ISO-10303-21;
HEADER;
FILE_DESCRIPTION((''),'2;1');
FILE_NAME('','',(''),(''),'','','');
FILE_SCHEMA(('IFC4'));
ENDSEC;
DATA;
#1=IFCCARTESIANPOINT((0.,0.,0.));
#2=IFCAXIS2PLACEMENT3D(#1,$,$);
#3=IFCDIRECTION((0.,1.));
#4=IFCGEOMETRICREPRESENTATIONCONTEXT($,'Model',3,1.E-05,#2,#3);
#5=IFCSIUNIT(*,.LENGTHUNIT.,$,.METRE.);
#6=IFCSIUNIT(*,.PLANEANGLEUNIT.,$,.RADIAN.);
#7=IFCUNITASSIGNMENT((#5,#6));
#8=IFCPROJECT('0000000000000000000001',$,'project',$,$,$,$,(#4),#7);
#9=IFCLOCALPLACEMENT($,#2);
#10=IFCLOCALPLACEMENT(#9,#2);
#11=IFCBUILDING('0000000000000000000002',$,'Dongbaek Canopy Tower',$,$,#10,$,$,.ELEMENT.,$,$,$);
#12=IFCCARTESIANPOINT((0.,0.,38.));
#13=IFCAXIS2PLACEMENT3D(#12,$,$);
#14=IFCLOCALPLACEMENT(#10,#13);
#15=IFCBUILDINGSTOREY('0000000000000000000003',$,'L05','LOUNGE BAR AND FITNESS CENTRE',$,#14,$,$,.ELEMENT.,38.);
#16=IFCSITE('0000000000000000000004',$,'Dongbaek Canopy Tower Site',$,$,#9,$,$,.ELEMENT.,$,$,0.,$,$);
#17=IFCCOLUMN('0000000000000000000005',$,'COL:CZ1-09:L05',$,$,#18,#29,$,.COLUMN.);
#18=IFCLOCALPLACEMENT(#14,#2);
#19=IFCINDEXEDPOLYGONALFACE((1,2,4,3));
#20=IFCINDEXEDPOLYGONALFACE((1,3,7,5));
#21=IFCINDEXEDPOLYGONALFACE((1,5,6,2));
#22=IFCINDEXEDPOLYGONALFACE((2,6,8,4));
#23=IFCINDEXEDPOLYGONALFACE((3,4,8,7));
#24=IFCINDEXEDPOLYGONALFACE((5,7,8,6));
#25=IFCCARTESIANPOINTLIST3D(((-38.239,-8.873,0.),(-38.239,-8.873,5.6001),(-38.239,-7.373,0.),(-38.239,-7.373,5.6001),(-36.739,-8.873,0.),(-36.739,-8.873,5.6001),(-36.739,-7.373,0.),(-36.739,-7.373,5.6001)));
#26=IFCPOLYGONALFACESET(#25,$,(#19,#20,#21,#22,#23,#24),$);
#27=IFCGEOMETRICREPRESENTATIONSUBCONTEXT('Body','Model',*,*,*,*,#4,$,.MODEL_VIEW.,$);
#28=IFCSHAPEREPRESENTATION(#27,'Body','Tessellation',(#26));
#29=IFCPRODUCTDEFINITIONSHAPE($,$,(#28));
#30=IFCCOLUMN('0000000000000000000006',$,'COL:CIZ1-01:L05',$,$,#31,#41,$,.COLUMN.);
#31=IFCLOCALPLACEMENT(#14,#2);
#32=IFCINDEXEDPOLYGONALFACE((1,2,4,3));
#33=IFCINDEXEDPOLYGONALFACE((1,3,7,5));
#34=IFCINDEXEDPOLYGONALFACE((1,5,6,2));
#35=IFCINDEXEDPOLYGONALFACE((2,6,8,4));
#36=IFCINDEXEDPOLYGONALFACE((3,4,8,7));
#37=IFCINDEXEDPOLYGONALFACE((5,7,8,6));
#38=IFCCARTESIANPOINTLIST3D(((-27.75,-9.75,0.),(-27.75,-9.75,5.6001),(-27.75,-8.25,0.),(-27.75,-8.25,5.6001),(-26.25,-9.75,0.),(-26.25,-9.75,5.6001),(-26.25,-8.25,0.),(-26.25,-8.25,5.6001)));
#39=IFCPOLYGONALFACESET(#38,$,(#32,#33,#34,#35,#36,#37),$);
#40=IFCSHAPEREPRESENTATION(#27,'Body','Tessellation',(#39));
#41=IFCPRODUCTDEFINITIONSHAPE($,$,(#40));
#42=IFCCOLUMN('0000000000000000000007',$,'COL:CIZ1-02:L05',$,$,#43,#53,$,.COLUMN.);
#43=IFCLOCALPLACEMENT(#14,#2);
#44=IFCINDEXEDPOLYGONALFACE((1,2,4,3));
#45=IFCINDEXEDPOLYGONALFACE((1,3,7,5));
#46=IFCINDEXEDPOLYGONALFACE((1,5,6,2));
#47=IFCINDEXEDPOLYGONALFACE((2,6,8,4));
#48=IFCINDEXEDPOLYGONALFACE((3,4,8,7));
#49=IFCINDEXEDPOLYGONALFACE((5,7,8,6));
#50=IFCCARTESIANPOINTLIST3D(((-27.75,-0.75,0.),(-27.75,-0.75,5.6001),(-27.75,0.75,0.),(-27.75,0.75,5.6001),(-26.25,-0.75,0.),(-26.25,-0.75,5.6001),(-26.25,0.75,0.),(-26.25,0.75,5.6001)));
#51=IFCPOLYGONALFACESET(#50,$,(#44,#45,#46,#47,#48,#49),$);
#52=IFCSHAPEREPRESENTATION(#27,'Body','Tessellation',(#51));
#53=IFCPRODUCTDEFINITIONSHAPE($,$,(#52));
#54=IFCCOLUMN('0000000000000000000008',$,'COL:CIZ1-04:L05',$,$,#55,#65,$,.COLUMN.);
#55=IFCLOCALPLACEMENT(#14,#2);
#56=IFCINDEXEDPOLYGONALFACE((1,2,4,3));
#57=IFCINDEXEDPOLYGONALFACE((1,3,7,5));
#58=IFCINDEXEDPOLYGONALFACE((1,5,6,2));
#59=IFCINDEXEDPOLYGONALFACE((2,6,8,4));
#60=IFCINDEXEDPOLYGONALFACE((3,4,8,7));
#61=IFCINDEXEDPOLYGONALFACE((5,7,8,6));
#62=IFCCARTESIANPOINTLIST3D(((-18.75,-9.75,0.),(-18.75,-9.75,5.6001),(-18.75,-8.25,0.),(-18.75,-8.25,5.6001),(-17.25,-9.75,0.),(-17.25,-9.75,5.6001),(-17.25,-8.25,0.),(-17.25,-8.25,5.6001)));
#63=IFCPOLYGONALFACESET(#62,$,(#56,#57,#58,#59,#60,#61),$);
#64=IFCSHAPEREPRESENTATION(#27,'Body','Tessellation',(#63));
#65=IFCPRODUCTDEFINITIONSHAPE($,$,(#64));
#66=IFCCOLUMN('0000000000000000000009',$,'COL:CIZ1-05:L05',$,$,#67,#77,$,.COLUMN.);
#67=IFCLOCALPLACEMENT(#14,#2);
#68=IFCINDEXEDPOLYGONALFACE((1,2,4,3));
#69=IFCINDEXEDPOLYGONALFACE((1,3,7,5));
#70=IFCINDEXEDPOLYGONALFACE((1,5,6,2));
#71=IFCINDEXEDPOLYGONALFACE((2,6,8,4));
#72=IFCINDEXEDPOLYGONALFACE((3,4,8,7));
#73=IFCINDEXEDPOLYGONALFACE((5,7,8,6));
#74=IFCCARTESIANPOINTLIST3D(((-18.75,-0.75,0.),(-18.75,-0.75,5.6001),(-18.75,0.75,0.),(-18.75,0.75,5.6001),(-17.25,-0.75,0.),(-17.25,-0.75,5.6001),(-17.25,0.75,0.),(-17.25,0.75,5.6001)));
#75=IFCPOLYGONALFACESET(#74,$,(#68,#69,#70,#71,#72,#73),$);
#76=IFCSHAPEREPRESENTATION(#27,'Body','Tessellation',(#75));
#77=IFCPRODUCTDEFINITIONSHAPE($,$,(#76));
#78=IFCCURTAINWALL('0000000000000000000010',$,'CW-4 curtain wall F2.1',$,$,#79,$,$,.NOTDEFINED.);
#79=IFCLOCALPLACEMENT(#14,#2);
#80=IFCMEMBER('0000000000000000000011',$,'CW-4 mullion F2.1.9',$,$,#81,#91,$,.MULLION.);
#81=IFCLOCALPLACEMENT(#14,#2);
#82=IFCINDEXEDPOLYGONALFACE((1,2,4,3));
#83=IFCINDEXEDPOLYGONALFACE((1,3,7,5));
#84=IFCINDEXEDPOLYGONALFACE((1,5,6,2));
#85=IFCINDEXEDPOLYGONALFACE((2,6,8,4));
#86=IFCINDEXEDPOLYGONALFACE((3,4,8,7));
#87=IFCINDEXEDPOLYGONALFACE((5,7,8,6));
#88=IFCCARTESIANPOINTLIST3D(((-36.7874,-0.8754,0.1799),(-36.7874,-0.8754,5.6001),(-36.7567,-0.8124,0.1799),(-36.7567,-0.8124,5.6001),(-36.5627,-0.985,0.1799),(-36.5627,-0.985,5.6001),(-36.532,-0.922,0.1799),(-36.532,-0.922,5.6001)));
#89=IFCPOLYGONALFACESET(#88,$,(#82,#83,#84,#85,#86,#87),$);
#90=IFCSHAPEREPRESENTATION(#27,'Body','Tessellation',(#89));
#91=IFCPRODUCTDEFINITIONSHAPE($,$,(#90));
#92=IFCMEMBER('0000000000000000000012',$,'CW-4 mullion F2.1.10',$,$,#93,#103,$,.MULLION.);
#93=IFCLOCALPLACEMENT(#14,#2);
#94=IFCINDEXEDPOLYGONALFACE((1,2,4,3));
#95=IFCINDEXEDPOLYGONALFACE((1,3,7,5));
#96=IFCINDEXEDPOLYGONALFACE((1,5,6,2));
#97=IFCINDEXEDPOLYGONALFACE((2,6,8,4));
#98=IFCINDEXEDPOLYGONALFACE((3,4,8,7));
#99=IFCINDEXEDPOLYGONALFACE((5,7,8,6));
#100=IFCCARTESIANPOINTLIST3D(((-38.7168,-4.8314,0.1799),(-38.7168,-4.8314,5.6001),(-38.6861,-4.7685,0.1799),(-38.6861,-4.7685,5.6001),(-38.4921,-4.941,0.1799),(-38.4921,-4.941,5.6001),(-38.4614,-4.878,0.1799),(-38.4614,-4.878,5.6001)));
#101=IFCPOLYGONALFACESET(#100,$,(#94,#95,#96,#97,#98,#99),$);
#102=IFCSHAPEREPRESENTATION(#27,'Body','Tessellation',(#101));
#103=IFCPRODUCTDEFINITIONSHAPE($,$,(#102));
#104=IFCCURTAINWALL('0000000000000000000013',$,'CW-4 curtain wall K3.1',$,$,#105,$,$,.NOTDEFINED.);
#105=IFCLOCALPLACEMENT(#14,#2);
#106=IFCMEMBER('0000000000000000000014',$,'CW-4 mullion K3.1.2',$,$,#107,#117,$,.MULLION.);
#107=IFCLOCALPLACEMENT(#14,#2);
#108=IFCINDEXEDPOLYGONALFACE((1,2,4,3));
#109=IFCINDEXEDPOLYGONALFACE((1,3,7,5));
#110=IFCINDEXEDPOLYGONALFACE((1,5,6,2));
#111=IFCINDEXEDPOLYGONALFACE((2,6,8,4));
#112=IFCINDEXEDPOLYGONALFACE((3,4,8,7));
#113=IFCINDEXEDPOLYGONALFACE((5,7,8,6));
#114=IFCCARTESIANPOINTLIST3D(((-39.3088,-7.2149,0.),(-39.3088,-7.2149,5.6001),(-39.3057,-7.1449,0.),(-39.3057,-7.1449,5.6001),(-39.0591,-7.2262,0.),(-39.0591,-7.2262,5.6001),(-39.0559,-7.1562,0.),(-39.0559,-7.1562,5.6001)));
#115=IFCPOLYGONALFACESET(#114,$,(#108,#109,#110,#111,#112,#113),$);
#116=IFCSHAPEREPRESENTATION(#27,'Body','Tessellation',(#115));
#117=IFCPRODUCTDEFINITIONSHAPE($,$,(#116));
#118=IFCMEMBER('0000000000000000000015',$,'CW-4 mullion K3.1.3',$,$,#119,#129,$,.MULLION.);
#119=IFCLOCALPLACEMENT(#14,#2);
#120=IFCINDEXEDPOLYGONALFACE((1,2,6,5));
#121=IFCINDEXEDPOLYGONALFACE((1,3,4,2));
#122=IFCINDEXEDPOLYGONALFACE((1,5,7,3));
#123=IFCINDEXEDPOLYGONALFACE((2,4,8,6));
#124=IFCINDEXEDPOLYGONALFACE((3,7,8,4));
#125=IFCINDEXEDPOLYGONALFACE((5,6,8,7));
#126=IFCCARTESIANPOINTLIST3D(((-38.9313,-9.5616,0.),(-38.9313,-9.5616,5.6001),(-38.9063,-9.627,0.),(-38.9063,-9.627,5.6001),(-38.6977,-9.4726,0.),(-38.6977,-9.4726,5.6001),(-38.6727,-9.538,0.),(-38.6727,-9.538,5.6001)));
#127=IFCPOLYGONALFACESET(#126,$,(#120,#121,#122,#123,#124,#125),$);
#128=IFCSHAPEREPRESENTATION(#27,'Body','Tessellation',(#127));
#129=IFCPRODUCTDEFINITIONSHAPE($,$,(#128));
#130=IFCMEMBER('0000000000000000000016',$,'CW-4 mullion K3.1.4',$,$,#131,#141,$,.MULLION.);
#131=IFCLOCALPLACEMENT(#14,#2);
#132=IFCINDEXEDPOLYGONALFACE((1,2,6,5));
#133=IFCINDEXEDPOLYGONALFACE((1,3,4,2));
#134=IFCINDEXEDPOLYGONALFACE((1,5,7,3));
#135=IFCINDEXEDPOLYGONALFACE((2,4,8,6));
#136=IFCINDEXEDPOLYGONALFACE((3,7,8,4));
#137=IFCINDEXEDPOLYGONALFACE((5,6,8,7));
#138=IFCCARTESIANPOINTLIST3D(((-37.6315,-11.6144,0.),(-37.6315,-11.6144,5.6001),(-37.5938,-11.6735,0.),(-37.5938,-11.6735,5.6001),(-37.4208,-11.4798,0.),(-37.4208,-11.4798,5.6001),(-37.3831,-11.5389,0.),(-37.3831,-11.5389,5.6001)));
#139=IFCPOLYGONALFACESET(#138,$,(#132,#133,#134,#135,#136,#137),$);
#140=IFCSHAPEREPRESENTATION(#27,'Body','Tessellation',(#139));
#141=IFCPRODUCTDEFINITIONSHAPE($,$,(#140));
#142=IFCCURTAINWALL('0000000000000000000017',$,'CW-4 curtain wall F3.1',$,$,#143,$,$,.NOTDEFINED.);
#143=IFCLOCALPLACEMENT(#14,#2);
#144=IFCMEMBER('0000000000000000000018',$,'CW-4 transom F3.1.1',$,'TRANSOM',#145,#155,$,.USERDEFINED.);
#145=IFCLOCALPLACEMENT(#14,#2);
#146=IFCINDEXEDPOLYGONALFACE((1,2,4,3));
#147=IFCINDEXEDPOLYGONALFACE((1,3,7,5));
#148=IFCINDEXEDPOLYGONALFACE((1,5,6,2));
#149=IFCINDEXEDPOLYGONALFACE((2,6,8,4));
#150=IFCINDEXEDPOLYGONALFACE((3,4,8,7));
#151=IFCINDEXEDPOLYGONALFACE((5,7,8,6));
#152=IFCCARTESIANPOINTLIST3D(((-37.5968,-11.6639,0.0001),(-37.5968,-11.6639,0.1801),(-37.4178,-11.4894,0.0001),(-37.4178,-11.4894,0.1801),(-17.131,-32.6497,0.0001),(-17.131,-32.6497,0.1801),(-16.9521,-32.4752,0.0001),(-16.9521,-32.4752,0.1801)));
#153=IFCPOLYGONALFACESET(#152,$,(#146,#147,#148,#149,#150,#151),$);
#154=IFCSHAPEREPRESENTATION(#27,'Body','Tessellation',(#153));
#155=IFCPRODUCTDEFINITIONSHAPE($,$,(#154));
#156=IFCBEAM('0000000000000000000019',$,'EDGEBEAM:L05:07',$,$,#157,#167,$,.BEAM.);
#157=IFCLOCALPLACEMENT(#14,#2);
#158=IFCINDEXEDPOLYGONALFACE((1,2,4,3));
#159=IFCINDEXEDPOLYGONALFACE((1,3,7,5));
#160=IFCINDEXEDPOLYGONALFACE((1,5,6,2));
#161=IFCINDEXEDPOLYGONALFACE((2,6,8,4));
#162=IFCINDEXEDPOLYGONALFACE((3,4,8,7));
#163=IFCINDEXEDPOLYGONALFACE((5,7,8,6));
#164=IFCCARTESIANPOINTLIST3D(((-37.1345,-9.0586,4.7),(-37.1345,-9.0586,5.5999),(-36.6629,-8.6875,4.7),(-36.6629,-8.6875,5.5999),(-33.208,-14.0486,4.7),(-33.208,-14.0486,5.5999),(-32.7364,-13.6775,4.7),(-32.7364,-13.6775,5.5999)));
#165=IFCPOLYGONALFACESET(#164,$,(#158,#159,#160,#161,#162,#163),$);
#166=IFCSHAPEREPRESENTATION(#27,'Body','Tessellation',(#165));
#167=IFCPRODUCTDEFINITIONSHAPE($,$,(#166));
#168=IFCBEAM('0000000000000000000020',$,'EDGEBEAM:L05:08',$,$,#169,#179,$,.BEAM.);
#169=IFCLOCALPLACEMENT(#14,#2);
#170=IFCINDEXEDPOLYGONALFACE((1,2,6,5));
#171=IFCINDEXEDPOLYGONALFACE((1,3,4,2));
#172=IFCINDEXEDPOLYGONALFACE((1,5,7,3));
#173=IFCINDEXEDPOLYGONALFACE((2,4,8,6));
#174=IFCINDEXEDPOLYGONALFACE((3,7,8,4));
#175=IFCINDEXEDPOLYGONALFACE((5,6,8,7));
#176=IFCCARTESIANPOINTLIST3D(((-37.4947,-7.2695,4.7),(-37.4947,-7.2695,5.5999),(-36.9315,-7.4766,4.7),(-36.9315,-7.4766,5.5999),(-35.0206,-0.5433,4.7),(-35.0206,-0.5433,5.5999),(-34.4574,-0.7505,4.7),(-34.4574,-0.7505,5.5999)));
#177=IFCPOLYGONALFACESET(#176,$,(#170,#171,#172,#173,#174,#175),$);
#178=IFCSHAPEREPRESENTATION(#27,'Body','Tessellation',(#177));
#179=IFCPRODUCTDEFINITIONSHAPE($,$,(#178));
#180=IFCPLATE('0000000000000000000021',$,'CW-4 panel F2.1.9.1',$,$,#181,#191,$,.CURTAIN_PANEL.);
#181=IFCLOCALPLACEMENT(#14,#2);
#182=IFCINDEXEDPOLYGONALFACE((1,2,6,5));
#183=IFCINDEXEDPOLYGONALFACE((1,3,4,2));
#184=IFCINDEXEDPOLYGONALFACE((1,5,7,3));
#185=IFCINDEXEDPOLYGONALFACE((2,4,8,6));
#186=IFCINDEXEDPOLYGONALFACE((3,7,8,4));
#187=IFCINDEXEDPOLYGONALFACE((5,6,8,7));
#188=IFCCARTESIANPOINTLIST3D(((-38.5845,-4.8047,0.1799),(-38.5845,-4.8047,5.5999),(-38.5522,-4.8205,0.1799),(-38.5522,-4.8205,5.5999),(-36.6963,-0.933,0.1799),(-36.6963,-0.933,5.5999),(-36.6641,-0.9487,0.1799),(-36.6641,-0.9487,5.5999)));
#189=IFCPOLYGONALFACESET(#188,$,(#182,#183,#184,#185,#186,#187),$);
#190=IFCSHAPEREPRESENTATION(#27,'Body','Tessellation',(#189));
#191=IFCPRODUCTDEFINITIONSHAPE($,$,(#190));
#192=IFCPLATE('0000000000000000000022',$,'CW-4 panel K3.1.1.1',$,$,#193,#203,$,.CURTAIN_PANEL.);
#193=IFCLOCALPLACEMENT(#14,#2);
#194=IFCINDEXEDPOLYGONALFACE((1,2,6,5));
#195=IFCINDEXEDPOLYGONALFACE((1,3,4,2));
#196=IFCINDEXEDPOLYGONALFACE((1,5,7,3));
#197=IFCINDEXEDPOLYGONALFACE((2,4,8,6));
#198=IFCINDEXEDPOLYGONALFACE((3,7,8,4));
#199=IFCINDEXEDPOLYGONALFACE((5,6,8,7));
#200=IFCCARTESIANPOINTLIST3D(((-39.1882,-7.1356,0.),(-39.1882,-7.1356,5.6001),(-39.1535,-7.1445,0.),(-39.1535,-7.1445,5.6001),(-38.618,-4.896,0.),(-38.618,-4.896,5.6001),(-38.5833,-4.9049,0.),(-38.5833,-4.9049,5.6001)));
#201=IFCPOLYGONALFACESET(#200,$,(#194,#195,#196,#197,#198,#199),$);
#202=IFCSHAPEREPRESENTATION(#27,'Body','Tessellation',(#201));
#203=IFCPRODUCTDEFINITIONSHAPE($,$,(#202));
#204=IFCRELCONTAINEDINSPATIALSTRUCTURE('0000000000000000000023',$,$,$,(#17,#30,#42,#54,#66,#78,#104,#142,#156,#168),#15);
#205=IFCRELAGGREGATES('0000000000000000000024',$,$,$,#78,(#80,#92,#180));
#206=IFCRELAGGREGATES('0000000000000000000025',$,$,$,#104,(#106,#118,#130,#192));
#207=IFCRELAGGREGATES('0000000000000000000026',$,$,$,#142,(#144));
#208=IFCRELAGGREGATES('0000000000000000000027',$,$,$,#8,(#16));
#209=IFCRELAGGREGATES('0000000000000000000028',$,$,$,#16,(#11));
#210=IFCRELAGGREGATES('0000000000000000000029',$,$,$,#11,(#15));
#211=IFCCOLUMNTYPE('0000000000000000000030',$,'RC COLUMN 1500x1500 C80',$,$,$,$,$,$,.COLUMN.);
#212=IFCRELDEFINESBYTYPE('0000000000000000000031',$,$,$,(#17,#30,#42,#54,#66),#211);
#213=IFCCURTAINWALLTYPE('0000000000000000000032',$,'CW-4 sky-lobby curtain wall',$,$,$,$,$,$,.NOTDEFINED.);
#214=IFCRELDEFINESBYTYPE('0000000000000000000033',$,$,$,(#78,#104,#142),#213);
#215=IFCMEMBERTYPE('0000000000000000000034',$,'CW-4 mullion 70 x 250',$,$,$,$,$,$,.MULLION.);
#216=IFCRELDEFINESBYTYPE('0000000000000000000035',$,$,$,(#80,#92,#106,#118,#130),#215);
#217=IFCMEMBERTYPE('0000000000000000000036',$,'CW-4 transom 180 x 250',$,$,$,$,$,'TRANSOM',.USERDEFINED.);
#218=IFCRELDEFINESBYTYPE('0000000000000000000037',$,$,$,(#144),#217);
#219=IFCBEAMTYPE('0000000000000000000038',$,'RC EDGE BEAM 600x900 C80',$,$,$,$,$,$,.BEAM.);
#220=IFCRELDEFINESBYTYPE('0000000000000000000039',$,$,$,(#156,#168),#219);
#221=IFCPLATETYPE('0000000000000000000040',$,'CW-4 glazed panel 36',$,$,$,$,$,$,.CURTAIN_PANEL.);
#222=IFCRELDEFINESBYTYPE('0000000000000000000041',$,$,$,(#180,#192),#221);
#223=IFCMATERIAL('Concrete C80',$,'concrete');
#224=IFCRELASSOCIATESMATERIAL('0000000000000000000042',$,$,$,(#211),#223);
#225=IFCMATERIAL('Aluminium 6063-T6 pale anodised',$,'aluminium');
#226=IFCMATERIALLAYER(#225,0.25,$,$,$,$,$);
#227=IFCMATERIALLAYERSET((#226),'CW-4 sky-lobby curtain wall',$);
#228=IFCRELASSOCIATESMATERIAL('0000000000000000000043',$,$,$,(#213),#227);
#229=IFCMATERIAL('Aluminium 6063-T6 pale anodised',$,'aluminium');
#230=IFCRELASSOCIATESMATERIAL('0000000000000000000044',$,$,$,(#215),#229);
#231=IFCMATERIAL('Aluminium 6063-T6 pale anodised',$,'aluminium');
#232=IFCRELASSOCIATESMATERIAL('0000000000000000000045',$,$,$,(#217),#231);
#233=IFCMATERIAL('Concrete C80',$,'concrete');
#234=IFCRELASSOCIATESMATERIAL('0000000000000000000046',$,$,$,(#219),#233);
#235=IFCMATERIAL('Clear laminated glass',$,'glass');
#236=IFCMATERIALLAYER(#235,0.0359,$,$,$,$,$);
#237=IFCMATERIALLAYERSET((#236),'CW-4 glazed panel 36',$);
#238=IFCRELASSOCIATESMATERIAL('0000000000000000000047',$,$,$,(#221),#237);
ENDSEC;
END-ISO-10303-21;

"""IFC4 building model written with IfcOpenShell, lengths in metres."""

from ifc_helpers import new_model, si_unit, direction, frame, origin, origin_2d, place, context, subcontext, project, spatial, rectangle, extrude, material, layer, layer_set, material_profile, profile_set, type_object, element, aggregate, save


model = new_model("IFC4")

# Units and contexts
model_context = context("Model", 3, precision=1e-05, world=origin(), true_north=direction((0.0, 1.0)))
body_context = subcontext(model_context, "Body", "Model", "MODEL_VIEW")
ifc_project = project(units=[si_unit("LENGTHUNIT", "METRE"), si_unit("PLANEANGLEUNIT", "RADIAN")], contexts=[model_context])

# Site, building, storey
site_placement = place(None, origin())
site = spatial("IfcSite", under=ifc_project, at=site_placement, Name="Dongbaek Canopy Tower Site", CompositionType="ELEMENT", RefElevation=0.0)
building_placement = place(site_placement, origin())
building = spatial("IfcBuilding", under=site, at=building_placement, Name="Dongbaek Canopy Tower", CompositionType="ELEMENT")
storey_placement = place(building_placement, frame((0.0, 0.0, 38.0)))
storey = spatial("IfcBuildingStorey", under=building, at=storey_placement, Name="L05", Description="LOUNGE BAR AND FITNESS CENTRE", CompositionType="ELEMENT", Elevation=38.0)

# Columns
ifc_material_1 = material(Name="Concrete C80", Category="concrete")
ifc_material_profile_1 = material_profile(ifc_material_1, rectangle(XDim=1.5, YDim=1.5, at=origin_2d()), Name="RC COLUMN 1500x1500 C80")
ifc_profile_set_1 = profile_set([ifc_material_profile_1], Name="Concrete C80")
column_type = type_object("IfcColumnType", Name="RC COLUMN 1500x1500 C80", PredefinedType="COLUMN", material=ifc_profile_set_1)
for number, where, z_axis, x_axis, name in (
    (1, (-37.489, -8.123, 0.0), (0.0, 0.0, 1.0), (1.0, 0.0, 0.0), "COL:CZ1-09:L05"),
    (2, (-27.0, -9.0, 0.0), (0.0, 0.0, 1.0), (1.0, 0.0, 0.0), "COL:CIZ1-01:L05"),
    (3, (-27.0, 0.0, 0.0), (0.0, 0.0, 1.0), (1.0, 0.0, 0.0), "COL:CIZ1-02:L05"),
    (4, (-18.0, -9.0, 0.0), (0.0, 0.0, 1.0), (1.0, 0.0, 0.0), "COL:CIZ1-04:L05"),
    (5, (-18.0, 0.0, 0.0), (0.0, 0.0, 1.0), (1.0, 0.0, 0.0), "COL:CIZ1-05:L05"),
):
    element("IfcColumn", number, at=place(storey_placement, frame(where, z_axis=z_axis, x_axis=x_axis)), inside=storey, type_object=column_type, Name=name, PredefinedType="COLUMN", context=body_context, shape_type="SweptSolid", body=[
        extrude(rectangle(XDim=1.5, YDim=1.5, at=origin_2d()), origin(), (0.0, 0.0, 1.0), 5.6001),
    ])

# Curtain walls, members
ifc_material_2 = material(Name="Aluminium 6063-T6 pale anodised", Category="aluminium")
ifc_layer_1 = layer(ifc_material_2, 0.25)
ifc_layer_set_1 = layer_set([ifc_layer_1], Name="CW-4 sky-lobby curtain wall")
curtain_wall_type = type_object("IfcCurtainWallType", Name="CW-4 sky-lobby curtain wall", PredefinedType="NOTDEFINED", material=ifc_layer_set_1)
curtain_wall_1_placement = place(storey_placement, origin())
curtain_wall_1 = element("IfcCurtainWall", 6, at=curtain_wall_1_placement, inside=storey, type_object=curtain_wall_type, Name="CW-4 curtain wall F2.1", PredefinedType="NOTDEFINED")
ifc_material_3 = material(Name="Aluminium 6063-T6 pale anodised", Category="aluminium")
ifc_material_profile_2 = material_profile(ifc_material_3, rectangle(XDim=0.25, YDim=0.0701, at=origin_2d()), Name="CW-4 mullion 70 x 250")
ifc_profile_set_2 = profile_set([ifc_material_profile_2], Name="Aluminium 6063-T6 pale anodised")
member_type_1 = type_object("IfcMemberType", Name="CW-4 mullion 70 x 250", PredefinedType="MULLION", material=ifc_profile_set_2)
member_1_placement = place(storey_placement, frame((-36.6597, -0.8987, 0.1799), z_axis=(0.0, 0.0, 1.0), x_axis=(-0.898815, 0.438328, 0.0)))
member_1 = element("IfcMember", 7, at=member_1_placement, type_object=member_type_1, Name="CW-4 mullion F2.1.9", PredefinedType="MULLION", context=body_context, shape_type="SweptSolid", body=[
    extrude(rectangle(XDim=0.25, YDim=0.0701, at=origin_2d()), origin(), (0.0, 0.0, 1.0), 5.4202),
])
member_2_placement = place(storey_placement, frame((-38.5891, -4.8547, 0.1799), z_axis=(0.0, 0.0, 1.0), x_axis=(-0.898815, 0.438328, 0.0)))
member_2 = element("IfcMember", 8, at=member_2_placement, type_object=member_type_1, Name="CW-4 mullion F2.1.10", PredefinedType="MULLION", context=body_context, shape_type="SweptSolid", body=[
    extrude(rectangle(XDim=0.25, YDim=0.0701, at=origin_2d()), origin(), (0.0, 0.0, 1.0), 5.4202),
])
curtain_wall_2_placement = place(storey_placement, origin())
curtain_wall_2 = element("IfcCurtainWall", 9, at=curtain_wall_2_placement, inside=storey, type_object=curtain_wall_type, Name="CW-4 curtain wall K3.1", PredefinedType="NOTDEFINED")
member_3_placement = place(storey_placement, frame((-39.1824, -7.1855, 0.0), z_axis=(0.0, 0.0, 1.0), x_axis=(-0.998993, 0.044859, 0.0)))
member_3 = element("IfcMember", 10, at=member_3_placement, type_object=member_type_1, Name="CW-4 mullion K3.1.2", PredefinedType="MULLION", context=body_context, shape_type="SweptSolid", body=[
    extrude(rectangle(XDim=0.25, YDim=0.0701, at=origin_2d()), origin(), (0.0, 0.0, 1.0), 5.6001),
])
member_4_placement = place(storey_placement, frame((-38.802, -9.5498, 0.0), z_axis=(0.0, 0.0, 1.0), x_axis=(-0.934484, -0.356006, 0.0)))
member_4 = element("IfcMember", 11, at=member_4_placement, type_object=member_type_1, Name="CW-4 mullion K3.1.3", PredefinedType="MULLION", context=body_context, shape_type="SweptSolid", body=[
    extrude(rectangle(XDim=0.25, YDim=0.0701, at=origin_2d()), origin(), (0.0, 0.0, 1.0), 5.6001),
])
member_5_placement = place(storey_placement, frame((-37.5073, -11.5767, 0.0), z_axis=(0.0, 0.0, 1.0), x_axis=(-0.842751, -0.538303, 0.0)))
member_5 = element("IfcMember", 12, at=member_5_placement, type_object=member_type_1, Name="CW-4 mullion K3.1.4", PredefinedType="MULLION", context=body_context, shape_type="SweptSolid", body=[
    extrude(rectangle(XDim=0.25, YDim=0.0701, at=origin_2d()), origin(), (0.0, 0.0, 1.0), 5.6001),
])

# Curtain wall, member
curtain_wall_3_placement = place(storey_placement, origin())
curtain_wall_3 = element("IfcCurtainWall", 13, at=curtain_wall_3_placement, inside=storey, type_object=curtain_wall_type, Name="CW-4 curtain wall F3.1", PredefinedType="NOTDEFINED")
ifc_material_4 = material(Name="Aluminium 6063-T6 pale anodised", Category="aluminium")
ifc_material_profile_3 = material_profile(ifc_material_4, rectangle(XDim=0.25, YDim=0.1799, at=origin_2d()), Name="CW-4 transom 180 x 250")
ifc_profile_set_3 = profile_set([ifc_material_profile_3], Name="Aluminium 6063-T6 pale anodised")
member_type_2 = type_object("IfcMemberType", Name="CW-4 transom 180 x 250", ElementType="TRANSOM", PredefinedType="USERDEFINED", material=ifc_profile_set_3)
member_6_placement = place(storey_placement, frame((-37.5073, -11.5767, 0.0901), z_axis=(0.698181, -0.715921, 0.0), x_axis=(0.715921, 0.698181, 0.0)))
member_6 = element("IfcMember", 14, at=member_6_placement, type_object=member_type_2, Name="CW-4 transom F3.1.1", ObjectType="TRANSOM", PredefinedType="USERDEFINED", context=body_context, shape_type="SweptSolid", body=[
    extrude(rectangle(XDim=0.25, YDim=0.1799, at=origin_2d()), origin(), (0.0, 0.0, 1.0), 29.313),
])

# Beams
ifc_material_5 = material(Name="Concrete C80", Category="concrete")
ifc_material_profile_4 = material_profile(ifc_material_5, rectangle(XDim=0.6001, YDim=0.8999, at=origin_2d()), Name="RC EDGE BEAM 600x900 C80")
ifc_profile_set_4 = profile_set([ifc_material_profile_4], Name="Concrete C80")
beam_type = type_object("IfcBeamType", Name="RC EDGE BEAM 600x900 C80", PredefinedType="BEAM", material=ifc_profile_set_4)
beam_1_placement = place(storey_placement, frame((-32.9722, -13.863, 5.1499), z_axis=(-0.618387, 0.785874, 0.0), x_axis=(-0.785874, -0.618387, 0.0)))
element("IfcBeam", 15, at=beam_1_placement, inside=storey, type_object=beam_type, Name="EDGEBEAM:L05:07", PredefinedType="BEAM", context=body_context, shape_type="SweptSolid", body=[
    extrude(rectangle(XDim=0.6001, YDim=0.8999, at=origin_2d()), origin(), (0.0, 0.0, 1.0), 6.3496),
])
beam_2_placement = place(storey_placement, frame((-37.2131, -7.373, 5.1499), z_axis=(0.345225, 0.93852, 0.0), x_axis=(-0.93852, 0.345225, 0.0)))
element("IfcBeam", 16, at=beam_2_placement, inside=storey, type_object=beam_type, Name="EDGEBEAM:L05:08", PredefinedType="BEAM", context=body_context, shape_type="SweptSolid", body=[
    extrude(rectangle(XDim=0.6001, YDim=0.8999, at=origin_2d()), origin(), (0.0, 0.0, 1.0), 7.1667),
])

# Plates
ifc_material_6 = material(Name="Clear laminated glass", Category="glass")
ifc_layer_2 = layer(ifc_material_6, 0.0359)
ifc_layer_set_2 = layer_set([ifc_layer_2], Name="CW-4 glazed panel 36")
plate_type = type_object("IfcPlateType", Name="CW-4 glazed panel 36", PredefinedType="CURTAIN_PANEL", material=ifc_layer_set_2)
plate_1_placement = place(storey_placement, frame((-37.6243, -2.8767, 0.1799), z_axis=(0.0, 0.0, 1.0), x_axis=(-0.438328, -0.898815, 0.0)))
plate_1 = element("IfcPlate", 17, at=plate_1_placement, type_object=plate_type, Name="CW-4 panel F2.1.9.1", PredefinedType="CURTAIN_PANEL", context=body_context, shape_type="SweptSolid", body=[
    extrude(rectangle(XDim=4.3076, YDim=0.0359, at=origin_2d()), origin(), (0.0, 0.0, 1.0), 5.4199),
])
aggregate(curtain_wall_1, [member_1, member_2, plate_1])
plate_2_placement = place(storey_placement, frame((-38.8857, -6.0203, 0.0), z_axis=(0.0, 0.0, 1.0), x_axis=(-0.246731, -0.969084, 0.0)))
plate_2 = element("IfcPlate", 18, at=plate_2_placement, type_object=plate_type, Name="CW-4 panel K3.1.1.1", PredefinedType="CURTAIN_PANEL", context=body_context, shape_type="SweptSolid", body=[
    extrude(rectangle(XDim=2.311, YDim=0.0359, at=origin_2d()), origin(), (0.0, 0.0, 1.0), 5.6001),
])
aggregate(curtain_wall_2, [member_3, member_4, member_5, plate_2])
aggregate(curtain_wall_3, [member_6])

save(model, "model.ifc")
